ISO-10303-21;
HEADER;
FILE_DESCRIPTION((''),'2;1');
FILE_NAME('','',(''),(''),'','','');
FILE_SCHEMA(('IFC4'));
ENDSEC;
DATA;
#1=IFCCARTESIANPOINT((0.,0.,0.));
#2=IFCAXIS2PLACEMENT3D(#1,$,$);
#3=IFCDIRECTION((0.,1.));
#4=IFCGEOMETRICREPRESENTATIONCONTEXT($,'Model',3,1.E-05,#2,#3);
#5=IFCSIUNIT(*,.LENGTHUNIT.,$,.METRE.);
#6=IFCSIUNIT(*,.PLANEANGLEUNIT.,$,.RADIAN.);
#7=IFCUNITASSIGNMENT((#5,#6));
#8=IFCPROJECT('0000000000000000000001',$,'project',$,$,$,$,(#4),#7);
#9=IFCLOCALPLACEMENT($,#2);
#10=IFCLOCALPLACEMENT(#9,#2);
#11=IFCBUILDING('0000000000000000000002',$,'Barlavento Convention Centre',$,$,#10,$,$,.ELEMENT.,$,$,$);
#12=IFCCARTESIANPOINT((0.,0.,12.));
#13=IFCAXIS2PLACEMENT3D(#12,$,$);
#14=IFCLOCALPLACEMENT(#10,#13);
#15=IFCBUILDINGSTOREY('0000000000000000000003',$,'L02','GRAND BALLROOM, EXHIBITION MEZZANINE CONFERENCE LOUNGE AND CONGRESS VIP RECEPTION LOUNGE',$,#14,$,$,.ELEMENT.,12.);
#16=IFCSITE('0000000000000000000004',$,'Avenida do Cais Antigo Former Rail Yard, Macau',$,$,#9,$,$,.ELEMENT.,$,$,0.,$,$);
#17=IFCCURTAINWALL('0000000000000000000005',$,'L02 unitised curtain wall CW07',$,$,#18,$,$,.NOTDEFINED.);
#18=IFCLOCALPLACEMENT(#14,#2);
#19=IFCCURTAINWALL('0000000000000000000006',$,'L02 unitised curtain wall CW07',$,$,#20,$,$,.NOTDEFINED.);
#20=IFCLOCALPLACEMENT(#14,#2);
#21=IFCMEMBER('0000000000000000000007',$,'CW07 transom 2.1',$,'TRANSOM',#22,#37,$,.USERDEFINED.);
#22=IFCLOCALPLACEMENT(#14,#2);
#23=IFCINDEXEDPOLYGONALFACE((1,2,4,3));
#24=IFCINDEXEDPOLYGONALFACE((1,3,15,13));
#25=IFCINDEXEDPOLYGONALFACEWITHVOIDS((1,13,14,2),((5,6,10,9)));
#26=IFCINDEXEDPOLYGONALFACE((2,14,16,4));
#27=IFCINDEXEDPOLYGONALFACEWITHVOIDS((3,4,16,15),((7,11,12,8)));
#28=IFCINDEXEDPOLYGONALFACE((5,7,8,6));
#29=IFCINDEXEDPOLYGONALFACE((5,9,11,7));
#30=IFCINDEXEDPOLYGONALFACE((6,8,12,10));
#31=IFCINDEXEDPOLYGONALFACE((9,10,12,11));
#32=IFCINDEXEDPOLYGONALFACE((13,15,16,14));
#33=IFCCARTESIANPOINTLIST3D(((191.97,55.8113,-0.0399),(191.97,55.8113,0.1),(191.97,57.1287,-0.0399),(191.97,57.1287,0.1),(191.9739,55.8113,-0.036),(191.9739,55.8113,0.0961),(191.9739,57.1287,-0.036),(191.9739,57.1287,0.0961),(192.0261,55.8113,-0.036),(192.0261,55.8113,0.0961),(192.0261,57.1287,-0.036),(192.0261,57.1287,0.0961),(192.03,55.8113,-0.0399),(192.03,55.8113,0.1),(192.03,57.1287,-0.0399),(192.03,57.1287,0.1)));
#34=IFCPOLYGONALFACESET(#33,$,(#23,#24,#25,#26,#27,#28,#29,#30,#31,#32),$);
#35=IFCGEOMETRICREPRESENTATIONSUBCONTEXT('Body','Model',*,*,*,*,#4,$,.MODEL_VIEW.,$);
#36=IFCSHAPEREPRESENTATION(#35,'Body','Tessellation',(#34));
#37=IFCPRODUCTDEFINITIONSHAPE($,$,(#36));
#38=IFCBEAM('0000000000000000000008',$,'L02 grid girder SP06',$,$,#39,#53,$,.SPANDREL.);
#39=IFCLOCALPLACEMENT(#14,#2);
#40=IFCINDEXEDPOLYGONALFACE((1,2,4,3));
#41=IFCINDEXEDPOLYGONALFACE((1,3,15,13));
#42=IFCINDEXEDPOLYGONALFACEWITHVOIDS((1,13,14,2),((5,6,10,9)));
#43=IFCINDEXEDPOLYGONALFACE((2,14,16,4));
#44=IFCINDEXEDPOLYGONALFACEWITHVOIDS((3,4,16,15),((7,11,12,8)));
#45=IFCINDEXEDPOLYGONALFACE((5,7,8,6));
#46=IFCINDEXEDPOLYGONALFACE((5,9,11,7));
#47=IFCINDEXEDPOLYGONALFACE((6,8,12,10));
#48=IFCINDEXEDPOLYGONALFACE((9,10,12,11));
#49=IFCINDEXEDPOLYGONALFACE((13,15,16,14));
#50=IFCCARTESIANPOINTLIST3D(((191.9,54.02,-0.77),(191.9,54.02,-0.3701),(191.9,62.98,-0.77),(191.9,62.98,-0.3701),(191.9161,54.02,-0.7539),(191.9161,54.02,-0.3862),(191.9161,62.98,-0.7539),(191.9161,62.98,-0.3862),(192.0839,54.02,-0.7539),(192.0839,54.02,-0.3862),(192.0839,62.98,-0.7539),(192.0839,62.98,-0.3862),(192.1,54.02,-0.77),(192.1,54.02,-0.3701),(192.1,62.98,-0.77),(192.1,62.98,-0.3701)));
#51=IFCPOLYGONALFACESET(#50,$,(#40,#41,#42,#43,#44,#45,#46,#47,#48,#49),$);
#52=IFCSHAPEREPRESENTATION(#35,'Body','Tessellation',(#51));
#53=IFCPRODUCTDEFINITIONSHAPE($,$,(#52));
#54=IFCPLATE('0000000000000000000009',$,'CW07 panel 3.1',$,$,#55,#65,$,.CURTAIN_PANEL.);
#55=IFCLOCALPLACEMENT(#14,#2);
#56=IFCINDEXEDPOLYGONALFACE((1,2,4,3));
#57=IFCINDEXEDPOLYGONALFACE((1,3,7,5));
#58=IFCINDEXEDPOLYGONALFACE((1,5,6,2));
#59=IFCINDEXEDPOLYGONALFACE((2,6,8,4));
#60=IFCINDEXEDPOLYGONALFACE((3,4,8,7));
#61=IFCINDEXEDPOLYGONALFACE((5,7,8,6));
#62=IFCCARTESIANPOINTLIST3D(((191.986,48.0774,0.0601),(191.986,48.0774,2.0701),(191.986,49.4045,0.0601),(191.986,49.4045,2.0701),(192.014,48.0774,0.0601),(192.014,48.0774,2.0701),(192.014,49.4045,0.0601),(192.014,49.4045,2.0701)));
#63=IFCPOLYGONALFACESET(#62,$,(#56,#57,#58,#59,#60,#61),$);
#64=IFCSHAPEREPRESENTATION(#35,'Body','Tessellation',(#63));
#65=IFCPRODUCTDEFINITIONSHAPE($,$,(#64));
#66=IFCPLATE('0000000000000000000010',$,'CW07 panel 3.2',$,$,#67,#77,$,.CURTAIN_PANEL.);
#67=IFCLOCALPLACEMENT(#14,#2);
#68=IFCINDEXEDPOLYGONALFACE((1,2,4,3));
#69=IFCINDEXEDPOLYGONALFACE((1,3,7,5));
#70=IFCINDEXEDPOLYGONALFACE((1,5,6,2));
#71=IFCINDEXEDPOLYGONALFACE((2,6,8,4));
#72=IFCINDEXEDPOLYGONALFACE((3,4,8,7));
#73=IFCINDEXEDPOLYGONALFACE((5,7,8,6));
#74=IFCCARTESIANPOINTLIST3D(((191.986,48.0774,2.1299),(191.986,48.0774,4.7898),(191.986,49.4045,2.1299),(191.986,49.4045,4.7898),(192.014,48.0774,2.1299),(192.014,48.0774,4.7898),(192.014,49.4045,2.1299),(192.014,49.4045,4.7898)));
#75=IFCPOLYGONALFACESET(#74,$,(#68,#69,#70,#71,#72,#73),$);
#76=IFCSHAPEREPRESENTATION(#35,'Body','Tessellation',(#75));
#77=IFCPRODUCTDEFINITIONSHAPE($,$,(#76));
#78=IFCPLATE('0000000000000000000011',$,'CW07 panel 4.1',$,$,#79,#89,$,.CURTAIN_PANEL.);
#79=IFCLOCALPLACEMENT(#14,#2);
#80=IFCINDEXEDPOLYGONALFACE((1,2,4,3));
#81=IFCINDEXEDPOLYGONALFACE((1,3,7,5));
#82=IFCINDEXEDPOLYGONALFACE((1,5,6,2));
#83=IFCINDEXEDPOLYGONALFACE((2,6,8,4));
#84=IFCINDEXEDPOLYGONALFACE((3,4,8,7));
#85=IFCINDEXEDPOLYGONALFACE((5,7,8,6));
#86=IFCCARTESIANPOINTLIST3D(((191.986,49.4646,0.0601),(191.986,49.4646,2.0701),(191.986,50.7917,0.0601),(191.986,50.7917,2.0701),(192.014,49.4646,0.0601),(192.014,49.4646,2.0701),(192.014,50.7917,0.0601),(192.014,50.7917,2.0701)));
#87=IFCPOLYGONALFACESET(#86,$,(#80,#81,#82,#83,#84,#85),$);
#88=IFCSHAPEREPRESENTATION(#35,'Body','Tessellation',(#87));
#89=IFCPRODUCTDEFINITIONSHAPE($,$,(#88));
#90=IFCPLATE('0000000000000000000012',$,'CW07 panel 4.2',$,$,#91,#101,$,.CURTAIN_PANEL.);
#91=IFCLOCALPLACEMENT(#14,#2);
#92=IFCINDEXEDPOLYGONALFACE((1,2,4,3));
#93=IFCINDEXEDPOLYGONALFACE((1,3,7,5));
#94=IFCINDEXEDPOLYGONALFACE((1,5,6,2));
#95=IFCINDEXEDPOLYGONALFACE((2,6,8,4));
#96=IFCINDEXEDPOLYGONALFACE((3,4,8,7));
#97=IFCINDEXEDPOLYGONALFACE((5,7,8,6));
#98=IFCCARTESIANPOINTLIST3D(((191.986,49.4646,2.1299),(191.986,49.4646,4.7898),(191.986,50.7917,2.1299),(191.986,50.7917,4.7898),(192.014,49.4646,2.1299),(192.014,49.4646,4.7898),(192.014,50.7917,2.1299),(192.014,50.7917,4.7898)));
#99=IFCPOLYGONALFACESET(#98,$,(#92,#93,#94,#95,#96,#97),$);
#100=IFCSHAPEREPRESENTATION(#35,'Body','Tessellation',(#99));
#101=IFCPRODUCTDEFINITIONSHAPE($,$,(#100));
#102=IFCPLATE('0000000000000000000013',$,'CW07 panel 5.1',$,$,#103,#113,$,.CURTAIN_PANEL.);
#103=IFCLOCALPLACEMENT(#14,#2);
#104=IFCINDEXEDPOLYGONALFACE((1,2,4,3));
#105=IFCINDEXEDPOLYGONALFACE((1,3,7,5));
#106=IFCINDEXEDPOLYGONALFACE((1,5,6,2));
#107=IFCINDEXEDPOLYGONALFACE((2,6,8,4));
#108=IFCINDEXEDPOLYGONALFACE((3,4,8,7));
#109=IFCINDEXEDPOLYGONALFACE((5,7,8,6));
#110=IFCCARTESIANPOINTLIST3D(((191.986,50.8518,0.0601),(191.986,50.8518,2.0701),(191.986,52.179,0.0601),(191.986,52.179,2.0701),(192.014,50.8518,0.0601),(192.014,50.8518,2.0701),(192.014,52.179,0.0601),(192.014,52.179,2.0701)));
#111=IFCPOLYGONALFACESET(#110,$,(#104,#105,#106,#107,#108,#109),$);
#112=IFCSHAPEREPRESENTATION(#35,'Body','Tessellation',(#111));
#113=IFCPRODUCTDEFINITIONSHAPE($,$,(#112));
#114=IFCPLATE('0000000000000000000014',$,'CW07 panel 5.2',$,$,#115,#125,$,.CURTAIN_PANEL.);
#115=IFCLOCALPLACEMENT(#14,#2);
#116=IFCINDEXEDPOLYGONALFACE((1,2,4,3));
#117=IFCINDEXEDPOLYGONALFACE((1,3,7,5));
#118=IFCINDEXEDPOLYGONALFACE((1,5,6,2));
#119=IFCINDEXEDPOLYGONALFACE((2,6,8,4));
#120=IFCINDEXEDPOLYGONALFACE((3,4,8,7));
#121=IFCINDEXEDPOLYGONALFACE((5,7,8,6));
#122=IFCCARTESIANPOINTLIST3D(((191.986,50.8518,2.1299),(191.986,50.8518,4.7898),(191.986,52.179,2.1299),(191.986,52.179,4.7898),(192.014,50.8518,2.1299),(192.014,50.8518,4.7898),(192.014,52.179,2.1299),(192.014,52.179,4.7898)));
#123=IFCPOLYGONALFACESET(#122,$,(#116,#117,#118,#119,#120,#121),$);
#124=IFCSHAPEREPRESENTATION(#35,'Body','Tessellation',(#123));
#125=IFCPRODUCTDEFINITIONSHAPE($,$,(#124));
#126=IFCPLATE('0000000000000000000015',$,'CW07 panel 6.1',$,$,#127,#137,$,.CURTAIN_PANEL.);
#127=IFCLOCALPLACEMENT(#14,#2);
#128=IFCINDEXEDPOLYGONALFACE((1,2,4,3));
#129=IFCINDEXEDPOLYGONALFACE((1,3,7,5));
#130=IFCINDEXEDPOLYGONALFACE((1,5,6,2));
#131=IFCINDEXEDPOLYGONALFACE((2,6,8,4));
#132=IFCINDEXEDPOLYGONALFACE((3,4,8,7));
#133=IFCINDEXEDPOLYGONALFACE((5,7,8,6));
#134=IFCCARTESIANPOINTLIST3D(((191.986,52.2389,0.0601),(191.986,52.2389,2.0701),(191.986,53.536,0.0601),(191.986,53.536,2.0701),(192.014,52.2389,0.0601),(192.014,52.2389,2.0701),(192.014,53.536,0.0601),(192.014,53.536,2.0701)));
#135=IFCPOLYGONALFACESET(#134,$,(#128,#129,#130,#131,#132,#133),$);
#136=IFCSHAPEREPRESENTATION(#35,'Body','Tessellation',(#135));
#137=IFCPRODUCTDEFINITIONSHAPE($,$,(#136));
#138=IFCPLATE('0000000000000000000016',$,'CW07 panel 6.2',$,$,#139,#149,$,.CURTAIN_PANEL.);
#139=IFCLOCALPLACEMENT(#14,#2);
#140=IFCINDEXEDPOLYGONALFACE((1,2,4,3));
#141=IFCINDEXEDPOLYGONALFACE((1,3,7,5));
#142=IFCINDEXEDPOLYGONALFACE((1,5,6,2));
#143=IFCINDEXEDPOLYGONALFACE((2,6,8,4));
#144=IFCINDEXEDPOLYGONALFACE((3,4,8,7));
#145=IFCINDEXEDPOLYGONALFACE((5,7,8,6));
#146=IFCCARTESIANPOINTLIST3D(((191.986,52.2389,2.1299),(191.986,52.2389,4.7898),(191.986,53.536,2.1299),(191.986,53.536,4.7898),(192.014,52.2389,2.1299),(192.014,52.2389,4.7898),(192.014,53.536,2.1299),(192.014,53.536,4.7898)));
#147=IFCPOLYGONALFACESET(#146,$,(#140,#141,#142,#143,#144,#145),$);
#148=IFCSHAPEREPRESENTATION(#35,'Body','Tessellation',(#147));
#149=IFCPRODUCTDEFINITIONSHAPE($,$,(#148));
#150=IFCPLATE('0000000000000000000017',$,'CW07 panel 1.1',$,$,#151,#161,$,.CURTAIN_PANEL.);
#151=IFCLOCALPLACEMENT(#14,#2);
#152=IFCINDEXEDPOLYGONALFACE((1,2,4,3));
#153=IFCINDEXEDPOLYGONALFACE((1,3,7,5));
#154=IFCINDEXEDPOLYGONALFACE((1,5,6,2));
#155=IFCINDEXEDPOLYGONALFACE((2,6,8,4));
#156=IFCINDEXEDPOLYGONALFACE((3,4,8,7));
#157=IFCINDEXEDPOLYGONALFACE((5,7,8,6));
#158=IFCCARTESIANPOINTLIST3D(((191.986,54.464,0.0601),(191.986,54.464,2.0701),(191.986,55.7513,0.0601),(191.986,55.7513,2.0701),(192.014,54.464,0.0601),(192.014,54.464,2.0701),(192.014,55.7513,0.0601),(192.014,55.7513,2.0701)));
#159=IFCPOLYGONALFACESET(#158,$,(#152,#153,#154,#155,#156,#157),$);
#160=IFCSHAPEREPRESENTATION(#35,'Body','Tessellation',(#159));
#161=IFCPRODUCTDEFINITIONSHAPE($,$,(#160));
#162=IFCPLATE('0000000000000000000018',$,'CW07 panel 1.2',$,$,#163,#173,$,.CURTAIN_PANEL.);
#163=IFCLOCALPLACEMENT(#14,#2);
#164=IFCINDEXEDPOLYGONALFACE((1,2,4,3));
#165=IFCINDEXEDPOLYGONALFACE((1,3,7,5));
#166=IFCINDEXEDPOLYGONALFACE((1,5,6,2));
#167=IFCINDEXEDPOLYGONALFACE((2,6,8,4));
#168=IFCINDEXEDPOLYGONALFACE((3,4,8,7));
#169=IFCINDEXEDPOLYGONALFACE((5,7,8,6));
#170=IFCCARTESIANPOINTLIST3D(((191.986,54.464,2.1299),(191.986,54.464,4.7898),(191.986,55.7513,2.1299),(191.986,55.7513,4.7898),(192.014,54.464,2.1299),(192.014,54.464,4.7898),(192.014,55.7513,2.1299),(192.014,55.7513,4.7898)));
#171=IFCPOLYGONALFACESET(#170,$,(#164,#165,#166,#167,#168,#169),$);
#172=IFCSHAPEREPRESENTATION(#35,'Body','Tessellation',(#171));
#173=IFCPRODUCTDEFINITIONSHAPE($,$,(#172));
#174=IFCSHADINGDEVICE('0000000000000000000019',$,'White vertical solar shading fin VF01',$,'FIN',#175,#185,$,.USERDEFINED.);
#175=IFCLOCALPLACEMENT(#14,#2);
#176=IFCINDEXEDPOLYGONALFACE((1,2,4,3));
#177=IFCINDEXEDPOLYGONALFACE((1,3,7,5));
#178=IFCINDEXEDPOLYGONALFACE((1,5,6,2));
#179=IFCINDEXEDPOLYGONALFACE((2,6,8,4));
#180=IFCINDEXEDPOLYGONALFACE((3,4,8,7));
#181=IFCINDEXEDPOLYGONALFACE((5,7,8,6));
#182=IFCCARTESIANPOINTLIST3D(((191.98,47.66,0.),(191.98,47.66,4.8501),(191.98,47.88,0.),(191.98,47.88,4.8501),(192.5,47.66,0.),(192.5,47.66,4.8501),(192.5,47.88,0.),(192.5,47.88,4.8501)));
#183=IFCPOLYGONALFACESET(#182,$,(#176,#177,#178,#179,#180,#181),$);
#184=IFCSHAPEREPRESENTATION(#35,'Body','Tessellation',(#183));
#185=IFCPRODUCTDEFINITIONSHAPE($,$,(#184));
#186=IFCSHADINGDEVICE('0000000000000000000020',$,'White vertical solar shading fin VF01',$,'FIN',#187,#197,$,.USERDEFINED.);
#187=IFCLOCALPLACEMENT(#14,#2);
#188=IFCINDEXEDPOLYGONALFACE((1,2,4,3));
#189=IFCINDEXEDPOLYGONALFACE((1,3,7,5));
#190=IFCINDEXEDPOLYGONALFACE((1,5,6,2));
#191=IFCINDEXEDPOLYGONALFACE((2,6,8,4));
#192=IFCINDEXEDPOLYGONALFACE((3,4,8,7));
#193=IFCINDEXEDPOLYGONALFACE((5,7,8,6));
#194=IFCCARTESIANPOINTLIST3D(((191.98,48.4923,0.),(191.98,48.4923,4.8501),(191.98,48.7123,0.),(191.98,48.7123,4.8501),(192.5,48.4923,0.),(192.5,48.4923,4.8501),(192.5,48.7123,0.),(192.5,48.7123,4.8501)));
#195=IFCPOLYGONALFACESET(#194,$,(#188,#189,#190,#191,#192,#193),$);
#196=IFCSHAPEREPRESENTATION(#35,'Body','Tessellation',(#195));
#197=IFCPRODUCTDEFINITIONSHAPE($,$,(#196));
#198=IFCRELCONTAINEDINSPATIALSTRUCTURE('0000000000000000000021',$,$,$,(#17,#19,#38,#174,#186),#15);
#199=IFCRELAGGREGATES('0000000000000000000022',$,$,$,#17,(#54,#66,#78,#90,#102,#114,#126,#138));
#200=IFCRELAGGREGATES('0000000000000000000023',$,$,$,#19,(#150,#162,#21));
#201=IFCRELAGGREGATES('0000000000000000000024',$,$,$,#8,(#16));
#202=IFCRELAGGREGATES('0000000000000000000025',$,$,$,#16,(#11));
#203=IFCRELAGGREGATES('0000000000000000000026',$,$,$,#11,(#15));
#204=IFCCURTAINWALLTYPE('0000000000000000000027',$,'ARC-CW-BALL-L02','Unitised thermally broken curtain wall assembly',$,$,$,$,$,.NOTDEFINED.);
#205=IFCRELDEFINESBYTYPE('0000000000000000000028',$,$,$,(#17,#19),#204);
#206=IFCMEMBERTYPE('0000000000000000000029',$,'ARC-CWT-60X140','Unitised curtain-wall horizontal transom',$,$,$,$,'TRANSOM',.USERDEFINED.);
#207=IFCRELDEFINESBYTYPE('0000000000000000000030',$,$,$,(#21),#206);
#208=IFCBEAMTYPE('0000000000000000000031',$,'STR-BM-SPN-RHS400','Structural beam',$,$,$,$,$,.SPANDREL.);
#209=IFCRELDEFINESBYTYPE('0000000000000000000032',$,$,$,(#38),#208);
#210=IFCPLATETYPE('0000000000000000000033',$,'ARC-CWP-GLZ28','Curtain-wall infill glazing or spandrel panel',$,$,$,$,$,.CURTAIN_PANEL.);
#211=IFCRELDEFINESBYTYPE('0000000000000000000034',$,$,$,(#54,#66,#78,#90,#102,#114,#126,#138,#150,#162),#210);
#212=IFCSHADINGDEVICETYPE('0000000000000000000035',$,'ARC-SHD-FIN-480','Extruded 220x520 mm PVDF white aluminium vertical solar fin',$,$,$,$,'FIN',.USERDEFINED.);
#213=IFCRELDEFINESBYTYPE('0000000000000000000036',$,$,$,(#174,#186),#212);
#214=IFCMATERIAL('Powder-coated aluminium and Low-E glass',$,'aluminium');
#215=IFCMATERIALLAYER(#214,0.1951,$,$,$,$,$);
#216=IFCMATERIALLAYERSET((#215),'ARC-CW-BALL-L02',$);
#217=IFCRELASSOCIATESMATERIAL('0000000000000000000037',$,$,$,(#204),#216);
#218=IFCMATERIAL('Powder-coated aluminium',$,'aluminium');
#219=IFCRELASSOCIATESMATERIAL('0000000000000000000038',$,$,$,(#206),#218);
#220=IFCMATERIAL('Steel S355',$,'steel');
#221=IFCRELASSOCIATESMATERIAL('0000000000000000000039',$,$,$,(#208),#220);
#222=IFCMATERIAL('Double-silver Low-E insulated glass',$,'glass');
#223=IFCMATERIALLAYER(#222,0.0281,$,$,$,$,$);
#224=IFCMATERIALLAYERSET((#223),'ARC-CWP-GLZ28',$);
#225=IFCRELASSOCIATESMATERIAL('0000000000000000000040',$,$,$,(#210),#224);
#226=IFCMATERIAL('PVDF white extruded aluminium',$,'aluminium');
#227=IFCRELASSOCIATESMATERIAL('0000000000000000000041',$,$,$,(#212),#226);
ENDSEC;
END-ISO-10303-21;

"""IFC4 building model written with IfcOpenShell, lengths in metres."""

from ifc_helpers import new_model, si_unit, direction, frame, origin, origin_2d, place, context, subcontext, project, spatial, rectangle, hollow_rectangle, extrude, material, layer, layer_set, material_profile, profile_set, type_object, element, aggregate, save


model = new_model("IFC4")

# Units and contexts
model_context = context("Model", 3, precision=1e-05, world=origin(), true_north=direction((0.0, 1.0)))
body_context = subcontext(model_context, "Body", "Model", "MODEL_VIEW")
ifc_project = project(units=[si_unit("LENGTHUNIT", "METRE"), si_unit("PLANEANGLEUNIT", "RADIAN")], contexts=[model_context])

# Site, building, storey
site_placement = place(None, origin())
site = spatial("IfcSite", under=ifc_project, at=site_placement, Name="Avenida do Cais Antigo Former Rail Yard, Macau", CompositionType="ELEMENT", RefElevation=0.0)
building_placement = place(site_placement, origin())
building = spatial("IfcBuilding", under=site, at=building_placement, Name="Barlavento Convention Centre", CompositionType="ELEMENT")
storey_placement = place(building_placement, frame((0.0, 0.0, 12.0)))
storey = spatial("IfcBuildingStorey", under=building, at=storey_placement, Name="L02", Description="GRAND BALLROOM, EXHIBITION MEZZANINE CONFERENCE LOUNGE AND CONGRESS VIP RECEPTION LOUNGE", CompositionType="ELEMENT", Elevation=12.0)

# Curtain walls
ifc_material_1 = material(Name="Powder-coated aluminium and Low-E glass", Category="aluminium")
ifc_layer_1 = layer(ifc_material_1, 0.1951)
ifc_layer_set_1 = layer_set([ifc_layer_1], Name="ARC-CW-BALL-L02")
curtain_wall_type = type_object("IfcCurtainWallType", Name="ARC-CW-BALL-L02", Description="Unitised thermally broken curtain wall assembly", PredefinedType="NOTDEFINED", material=ifc_layer_set_1)
curtain_wall_1_placement = place(storey_placement, origin())
curtain_wall_1 = element("IfcCurtainWall", 1, at=curtain_wall_1_placement, inside=storey, type_object=curtain_wall_type, Name="L02 unitised curtain wall CW07", PredefinedType="NOTDEFINED")
ifc_material_2 = material(Name="Powder-coated aluminium", Category="aluminium")
curtain_wall_2_placement = place(storey_placement, origin())
curtain_wall_2 = element("IfcCurtainWall", 2, at=curtain_wall_2_placement, inside=storey, type_object=curtain_wall_type, Name="L02 unitised curtain wall CW07", PredefinedType="NOTDEFINED")

# Member
ifc_material_profile_1 = material_profile(ifc_material_2, hollow_rectangle(XDim=0.0601, YDim=0.1399, WallThickness=0.0039, at=origin_2d()), Name="AL-TRAN 60x140x4")
ifc_profile_set_1 = profile_set([ifc_material_profile_1], Name="Powder-coated aluminium")
member_type_1 = type_object("IfcMemberType", Name="ARC-CWT-60X140", Description="Unitised curtain-wall horizontal transom", ElementType="TRANSOM", PredefinedType="USERDEFINED", material=ifc_profile_set_1)
member_1_placement = place(storey_placement, frame((192.0, 55.8113, 0.03), z_axis=(0.0, 1.0, 0.0), x_axis=(-1.0, 0.0, 0.0)))
member_1 = element("IfcMember", 3, at=member_1_placement, type_object=member_type_1, Name="CW07 transom 2.1", ObjectType="TRANSOM", PredefinedType="USERDEFINED", context=body_context, shape_type="SweptSolid", body=[
    extrude(hollow_rectangle(XDim=0.0601, YDim=0.1399, WallThickness=0.0039, at=origin_2d()), origin(), (0.0, 0.0, 1.0), 1.3174),
])

# Beam
ifc_material_3 = material(Name="Steel S355", Category="steel")
ifc_material_profile_2 = material_profile(ifc_material_3, hollow_rectangle(XDim=0.2, YDim=0.3999, WallThickness=0.0161, at=origin_2d()), Name="RHS 400x200x16.0")
ifc_profile_set_2 = profile_set([ifc_material_profile_2], Name="Steel S355")
beam_type = type_object("IfcBeamType", Name="STR-BM-SPN-RHS400", Description="Structural beam", PredefinedType="SPANDREL", material=ifc_profile_set_2)
beam_placement = place(storey_placement, frame((192.0, 54.02, -0.5701), z_axis=(0.0, 1.0, 0.0), x_axis=(-1.0, 0.0, 0.0)))
element("IfcBeam", 4, at=beam_placement, inside=storey, type_object=beam_type, Name="L02 grid girder SP06", PredefinedType="SPANDREL", context=body_context, shape_type="SweptSolid", body=[
    extrude(hollow_rectangle(XDim=0.2, YDim=0.3999, WallThickness=0.0161, at=origin_2d()), origin(), (0.0, 0.0, 1.0), 8.96),
])

# Plates
ifc_material_4 = material(Name="Double-silver Low-E insulated glass", Category="glass")
ifc_layer_2 = layer(ifc_material_4, 0.0281)
ifc_layer_set_2 = layer_set([ifc_layer_2], Name="ARC-CWP-GLZ28")
plate_type = type_object("IfcPlateType", Name="ARC-CWP-GLZ28", Description="Curtain-wall infill glazing or spandrel panel", PredefinedType="CURTAIN_PANEL", material=ifc_layer_set_2)
plate_1_placement = place(storey_placement, frame((192.0, 48.741, 0.0601), z_axis=(0.0, 0.0, 1.0), x_axis=(0.0, 1.0, 0.0)))
plate_1 = element("IfcPlate", 5, at=plate_1_placement, type_object=plate_type, Name="CW07 panel 3.1", PredefinedType="CURTAIN_PANEL", context=body_context, shape_type="SweptSolid", body=[
    extrude(rectangle(XDim=1.3271, YDim=0.0281, at=origin_2d()), origin(), (0.0, 0.0, 1.0), 2.01),
])
plate_2_placement = place(storey_placement, frame((192.0, 48.741, 2.1299), z_axis=(0.0, 0.0, 1.0), x_axis=(0.0, 1.0, 0.0)))
plate_2 = element("IfcPlate", 6, at=plate_2_placement, type_object=plate_type, Name="CW07 panel 3.2", PredefinedType="CURTAIN_PANEL", context=body_context, shape_type="SweptSolid", body=[
    extrude(rectangle(XDim=1.3271, YDim=0.0281, at=origin_2d()), origin(), (0.0, 0.0, 1.0), 2.6599),
])
plate_3_placement = place(storey_placement, frame((192.0, 50.1282, 0.0601), z_axis=(0.0, 0.0, 1.0), x_axis=(0.0, 1.0, 0.0)))
plate_3 = element("IfcPlate", 7, at=plate_3_placement, type_object=plate_type, Name="CW07 panel 4.1", PredefinedType="CURTAIN_PANEL", context=body_context, shape_type="SweptSolid", body=[
    extrude(rectangle(XDim=1.3271, YDim=0.0281, at=origin_2d()), origin(), (0.0, 0.0, 1.0), 2.01),
])
plate_4_placement = place(storey_placement, frame((192.0, 50.1282, 2.1299), z_axis=(0.0, 0.0, 1.0), x_axis=(0.0, 1.0, 0.0)))
plate_4 = element("IfcPlate", 8, at=plate_4_placement, type_object=plate_type, Name="CW07 panel 4.2", PredefinedType="CURTAIN_PANEL", context=body_context, shape_type="SweptSolid", body=[
    extrude(rectangle(XDim=1.3271, YDim=0.0281, at=origin_2d()), origin(), (0.0, 0.0, 1.0), 2.6599),
])
plate_5_placement = place(storey_placement, frame((192.0, 51.5154, 0.0601), z_axis=(0.0, 0.0, 1.0), x_axis=(0.0, 1.0, 0.0)))
plate_5 = element("IfcPlate", 9, at=plate_5_placement, type_object=plate_type, Name="CW07 panel 5.1", PredefinedType="CURTAIN_PANEL", context=body_context, shape_type="SweptSolid", body=[
    extrude(rectangle(XDim=1.3271, YDim=0.0281, at=origin_2d()), origin(), (0.0, 0.0, 1.0), 2.01),
])
plate_6_placement = place(storey_placement, frame((192.0, 51.5154, 2.1299), z_axis=(0.0, 0.0, 1.0), x_axis=(0.0, 1.0, 0.0)))
plate_6 = element("IfcPlate", 10, at=plate_6_placement, type_object=plate_type, Name="CW07 panel 5.2", PredefinedType="CURTAIN_PANEL", context=body_context, shape_type="SweptSolid", body=[
    extrude(rectangle(XDim=1.3271, YDim=0.0281, at=origin_2d()), origin(), (0.0, 0.0, 1.0), 2.6599),
])
plate_7_placement = place(storey_placement, frame((192.0, 52.8875, 0.0601), z_axis=(0.0, 0.0, 1.0), x_axis=(0.0, 1.0, 0.0)))
plate_7 = element("IfcPlate", 11, at=plate_7_placement, type_object=plate_type, Name="CW07 panel 6.1", PredefinedType="CURTAIN_PANEL", context=body_context, shape_type="SweptSolid", body=[
    extrude(rectangle(XDim=1.2971, YDim=0.0281, at=origin_2d()), origin(), (0.0, 0.0, 1.0), 2.01),
])
plate_8_placement = place(storey_placement, frame((192.0, 52.8875, 2.1299), z_axis=(0.0, 0.0, 1.0), x_axis=(0.0, 1.0, 0.0)))
plate_8 = element("IfcPlate", 12, at=plate_8_placement, type_object=plate_type, Name="CW07 panel 6.2", PredefinedType="CURTAIN_PANEL", context=body_context, shape_type="SweptSolid", body=[
    extrude(rectangle(XDim=1.2971, YDim=0.0281, at=origin_2d()), origin(), (0.0, 0.0, 1.0), 2.6599),
])
aggregate(curtain_wall_1, [plate_1, plate_2, plate_3, plate_4, plate_5, plate_6, plate_7, plate_8])
plate_9_placement = place(storey_placement, frame((192.0, 55.1077, 0.0601), z_axis=(0.0, 0.0, 1.0), x_axis=(0.0, 1.0, 0.0)))
plate_9 = element("IfcPlate", 13, at=plate_9_placement, type_object=plate_type, Name="CW07 panel 1.1", PredefinedType="CURTAIN_PANEL", context=body_context, shape_type="SweptSolid", body=[
    extrude(rectangle(XDim=1.2874, YDim=0.0281, at=origin_2d()), origin(), (0.0, 0.0, 1.0), 2.01),
])
plate_10_placement = place(storey_placement, frame((192.0, 55.1077, 2.1299), z_axis=(0.0, 0.0, 1.0), x_axis=(0.0, 1.0, 0.0)))
plate_10 = element("IfcPlate", 14, at=plate_10_placement, type_object=plate_type, Name="CW07 panel 1.2", PredefinedType="CURTAIN_PANEL", context=body_context, shape_type="SweptSolid", body=[
    extrude(rectangle(XDim=1.2874, YDim=0.0281, at=origin_2d()), origin(), (0.0, 0.0, 1.0), 2.6599),
])
aggregate(curtain_wall_2, [plate_9, plate_10, member_1])

# Shading devices
ifc_material_5 = material(Name="PVDF white extruded aluminium", Category="aluminium")
shading_device_type = type_object("IfcShadingDeviceType", Name="ARC-SHD-FIN-480", Description="Extruded 220x520 mm PVDF white aluminium vertical solar fin", ElementType="FIN", PredefinedType="USERDEFINED", material=ifc_material_5)
for number, where, z_axis, x_axis, name in (
    (15, (192.24, 47.77, 0.0), (0.0, 0.0, 1.0), (0.0, 1.0, 0.0), "White vertical solar shading fin VF01"),
    (16, (192.24, 48.6023, 0.0), (0.0, 0.0, 1.0), (0.0, 1.0, 0.0), "White vertical solar shading fin VF01"),
):
    element("IfcShadingDevice", number, at=place(storey_placement, frame(where, z_axis=z_axis, x_axis=x_axis)), inside=storey, type_object=shading_device_type, Name=name, ObjectType="FIN", PredefinedType="USERDEFINED", context=body_context, shape_type="SweptSolid", body=[
        extrude(rectangle(XDim=0.22, YDim=0.52, at=origin_2d()), origin(), (0.0, 0.0, 1.0), 4.8501),
    ])

save(model, "model.ifc")
